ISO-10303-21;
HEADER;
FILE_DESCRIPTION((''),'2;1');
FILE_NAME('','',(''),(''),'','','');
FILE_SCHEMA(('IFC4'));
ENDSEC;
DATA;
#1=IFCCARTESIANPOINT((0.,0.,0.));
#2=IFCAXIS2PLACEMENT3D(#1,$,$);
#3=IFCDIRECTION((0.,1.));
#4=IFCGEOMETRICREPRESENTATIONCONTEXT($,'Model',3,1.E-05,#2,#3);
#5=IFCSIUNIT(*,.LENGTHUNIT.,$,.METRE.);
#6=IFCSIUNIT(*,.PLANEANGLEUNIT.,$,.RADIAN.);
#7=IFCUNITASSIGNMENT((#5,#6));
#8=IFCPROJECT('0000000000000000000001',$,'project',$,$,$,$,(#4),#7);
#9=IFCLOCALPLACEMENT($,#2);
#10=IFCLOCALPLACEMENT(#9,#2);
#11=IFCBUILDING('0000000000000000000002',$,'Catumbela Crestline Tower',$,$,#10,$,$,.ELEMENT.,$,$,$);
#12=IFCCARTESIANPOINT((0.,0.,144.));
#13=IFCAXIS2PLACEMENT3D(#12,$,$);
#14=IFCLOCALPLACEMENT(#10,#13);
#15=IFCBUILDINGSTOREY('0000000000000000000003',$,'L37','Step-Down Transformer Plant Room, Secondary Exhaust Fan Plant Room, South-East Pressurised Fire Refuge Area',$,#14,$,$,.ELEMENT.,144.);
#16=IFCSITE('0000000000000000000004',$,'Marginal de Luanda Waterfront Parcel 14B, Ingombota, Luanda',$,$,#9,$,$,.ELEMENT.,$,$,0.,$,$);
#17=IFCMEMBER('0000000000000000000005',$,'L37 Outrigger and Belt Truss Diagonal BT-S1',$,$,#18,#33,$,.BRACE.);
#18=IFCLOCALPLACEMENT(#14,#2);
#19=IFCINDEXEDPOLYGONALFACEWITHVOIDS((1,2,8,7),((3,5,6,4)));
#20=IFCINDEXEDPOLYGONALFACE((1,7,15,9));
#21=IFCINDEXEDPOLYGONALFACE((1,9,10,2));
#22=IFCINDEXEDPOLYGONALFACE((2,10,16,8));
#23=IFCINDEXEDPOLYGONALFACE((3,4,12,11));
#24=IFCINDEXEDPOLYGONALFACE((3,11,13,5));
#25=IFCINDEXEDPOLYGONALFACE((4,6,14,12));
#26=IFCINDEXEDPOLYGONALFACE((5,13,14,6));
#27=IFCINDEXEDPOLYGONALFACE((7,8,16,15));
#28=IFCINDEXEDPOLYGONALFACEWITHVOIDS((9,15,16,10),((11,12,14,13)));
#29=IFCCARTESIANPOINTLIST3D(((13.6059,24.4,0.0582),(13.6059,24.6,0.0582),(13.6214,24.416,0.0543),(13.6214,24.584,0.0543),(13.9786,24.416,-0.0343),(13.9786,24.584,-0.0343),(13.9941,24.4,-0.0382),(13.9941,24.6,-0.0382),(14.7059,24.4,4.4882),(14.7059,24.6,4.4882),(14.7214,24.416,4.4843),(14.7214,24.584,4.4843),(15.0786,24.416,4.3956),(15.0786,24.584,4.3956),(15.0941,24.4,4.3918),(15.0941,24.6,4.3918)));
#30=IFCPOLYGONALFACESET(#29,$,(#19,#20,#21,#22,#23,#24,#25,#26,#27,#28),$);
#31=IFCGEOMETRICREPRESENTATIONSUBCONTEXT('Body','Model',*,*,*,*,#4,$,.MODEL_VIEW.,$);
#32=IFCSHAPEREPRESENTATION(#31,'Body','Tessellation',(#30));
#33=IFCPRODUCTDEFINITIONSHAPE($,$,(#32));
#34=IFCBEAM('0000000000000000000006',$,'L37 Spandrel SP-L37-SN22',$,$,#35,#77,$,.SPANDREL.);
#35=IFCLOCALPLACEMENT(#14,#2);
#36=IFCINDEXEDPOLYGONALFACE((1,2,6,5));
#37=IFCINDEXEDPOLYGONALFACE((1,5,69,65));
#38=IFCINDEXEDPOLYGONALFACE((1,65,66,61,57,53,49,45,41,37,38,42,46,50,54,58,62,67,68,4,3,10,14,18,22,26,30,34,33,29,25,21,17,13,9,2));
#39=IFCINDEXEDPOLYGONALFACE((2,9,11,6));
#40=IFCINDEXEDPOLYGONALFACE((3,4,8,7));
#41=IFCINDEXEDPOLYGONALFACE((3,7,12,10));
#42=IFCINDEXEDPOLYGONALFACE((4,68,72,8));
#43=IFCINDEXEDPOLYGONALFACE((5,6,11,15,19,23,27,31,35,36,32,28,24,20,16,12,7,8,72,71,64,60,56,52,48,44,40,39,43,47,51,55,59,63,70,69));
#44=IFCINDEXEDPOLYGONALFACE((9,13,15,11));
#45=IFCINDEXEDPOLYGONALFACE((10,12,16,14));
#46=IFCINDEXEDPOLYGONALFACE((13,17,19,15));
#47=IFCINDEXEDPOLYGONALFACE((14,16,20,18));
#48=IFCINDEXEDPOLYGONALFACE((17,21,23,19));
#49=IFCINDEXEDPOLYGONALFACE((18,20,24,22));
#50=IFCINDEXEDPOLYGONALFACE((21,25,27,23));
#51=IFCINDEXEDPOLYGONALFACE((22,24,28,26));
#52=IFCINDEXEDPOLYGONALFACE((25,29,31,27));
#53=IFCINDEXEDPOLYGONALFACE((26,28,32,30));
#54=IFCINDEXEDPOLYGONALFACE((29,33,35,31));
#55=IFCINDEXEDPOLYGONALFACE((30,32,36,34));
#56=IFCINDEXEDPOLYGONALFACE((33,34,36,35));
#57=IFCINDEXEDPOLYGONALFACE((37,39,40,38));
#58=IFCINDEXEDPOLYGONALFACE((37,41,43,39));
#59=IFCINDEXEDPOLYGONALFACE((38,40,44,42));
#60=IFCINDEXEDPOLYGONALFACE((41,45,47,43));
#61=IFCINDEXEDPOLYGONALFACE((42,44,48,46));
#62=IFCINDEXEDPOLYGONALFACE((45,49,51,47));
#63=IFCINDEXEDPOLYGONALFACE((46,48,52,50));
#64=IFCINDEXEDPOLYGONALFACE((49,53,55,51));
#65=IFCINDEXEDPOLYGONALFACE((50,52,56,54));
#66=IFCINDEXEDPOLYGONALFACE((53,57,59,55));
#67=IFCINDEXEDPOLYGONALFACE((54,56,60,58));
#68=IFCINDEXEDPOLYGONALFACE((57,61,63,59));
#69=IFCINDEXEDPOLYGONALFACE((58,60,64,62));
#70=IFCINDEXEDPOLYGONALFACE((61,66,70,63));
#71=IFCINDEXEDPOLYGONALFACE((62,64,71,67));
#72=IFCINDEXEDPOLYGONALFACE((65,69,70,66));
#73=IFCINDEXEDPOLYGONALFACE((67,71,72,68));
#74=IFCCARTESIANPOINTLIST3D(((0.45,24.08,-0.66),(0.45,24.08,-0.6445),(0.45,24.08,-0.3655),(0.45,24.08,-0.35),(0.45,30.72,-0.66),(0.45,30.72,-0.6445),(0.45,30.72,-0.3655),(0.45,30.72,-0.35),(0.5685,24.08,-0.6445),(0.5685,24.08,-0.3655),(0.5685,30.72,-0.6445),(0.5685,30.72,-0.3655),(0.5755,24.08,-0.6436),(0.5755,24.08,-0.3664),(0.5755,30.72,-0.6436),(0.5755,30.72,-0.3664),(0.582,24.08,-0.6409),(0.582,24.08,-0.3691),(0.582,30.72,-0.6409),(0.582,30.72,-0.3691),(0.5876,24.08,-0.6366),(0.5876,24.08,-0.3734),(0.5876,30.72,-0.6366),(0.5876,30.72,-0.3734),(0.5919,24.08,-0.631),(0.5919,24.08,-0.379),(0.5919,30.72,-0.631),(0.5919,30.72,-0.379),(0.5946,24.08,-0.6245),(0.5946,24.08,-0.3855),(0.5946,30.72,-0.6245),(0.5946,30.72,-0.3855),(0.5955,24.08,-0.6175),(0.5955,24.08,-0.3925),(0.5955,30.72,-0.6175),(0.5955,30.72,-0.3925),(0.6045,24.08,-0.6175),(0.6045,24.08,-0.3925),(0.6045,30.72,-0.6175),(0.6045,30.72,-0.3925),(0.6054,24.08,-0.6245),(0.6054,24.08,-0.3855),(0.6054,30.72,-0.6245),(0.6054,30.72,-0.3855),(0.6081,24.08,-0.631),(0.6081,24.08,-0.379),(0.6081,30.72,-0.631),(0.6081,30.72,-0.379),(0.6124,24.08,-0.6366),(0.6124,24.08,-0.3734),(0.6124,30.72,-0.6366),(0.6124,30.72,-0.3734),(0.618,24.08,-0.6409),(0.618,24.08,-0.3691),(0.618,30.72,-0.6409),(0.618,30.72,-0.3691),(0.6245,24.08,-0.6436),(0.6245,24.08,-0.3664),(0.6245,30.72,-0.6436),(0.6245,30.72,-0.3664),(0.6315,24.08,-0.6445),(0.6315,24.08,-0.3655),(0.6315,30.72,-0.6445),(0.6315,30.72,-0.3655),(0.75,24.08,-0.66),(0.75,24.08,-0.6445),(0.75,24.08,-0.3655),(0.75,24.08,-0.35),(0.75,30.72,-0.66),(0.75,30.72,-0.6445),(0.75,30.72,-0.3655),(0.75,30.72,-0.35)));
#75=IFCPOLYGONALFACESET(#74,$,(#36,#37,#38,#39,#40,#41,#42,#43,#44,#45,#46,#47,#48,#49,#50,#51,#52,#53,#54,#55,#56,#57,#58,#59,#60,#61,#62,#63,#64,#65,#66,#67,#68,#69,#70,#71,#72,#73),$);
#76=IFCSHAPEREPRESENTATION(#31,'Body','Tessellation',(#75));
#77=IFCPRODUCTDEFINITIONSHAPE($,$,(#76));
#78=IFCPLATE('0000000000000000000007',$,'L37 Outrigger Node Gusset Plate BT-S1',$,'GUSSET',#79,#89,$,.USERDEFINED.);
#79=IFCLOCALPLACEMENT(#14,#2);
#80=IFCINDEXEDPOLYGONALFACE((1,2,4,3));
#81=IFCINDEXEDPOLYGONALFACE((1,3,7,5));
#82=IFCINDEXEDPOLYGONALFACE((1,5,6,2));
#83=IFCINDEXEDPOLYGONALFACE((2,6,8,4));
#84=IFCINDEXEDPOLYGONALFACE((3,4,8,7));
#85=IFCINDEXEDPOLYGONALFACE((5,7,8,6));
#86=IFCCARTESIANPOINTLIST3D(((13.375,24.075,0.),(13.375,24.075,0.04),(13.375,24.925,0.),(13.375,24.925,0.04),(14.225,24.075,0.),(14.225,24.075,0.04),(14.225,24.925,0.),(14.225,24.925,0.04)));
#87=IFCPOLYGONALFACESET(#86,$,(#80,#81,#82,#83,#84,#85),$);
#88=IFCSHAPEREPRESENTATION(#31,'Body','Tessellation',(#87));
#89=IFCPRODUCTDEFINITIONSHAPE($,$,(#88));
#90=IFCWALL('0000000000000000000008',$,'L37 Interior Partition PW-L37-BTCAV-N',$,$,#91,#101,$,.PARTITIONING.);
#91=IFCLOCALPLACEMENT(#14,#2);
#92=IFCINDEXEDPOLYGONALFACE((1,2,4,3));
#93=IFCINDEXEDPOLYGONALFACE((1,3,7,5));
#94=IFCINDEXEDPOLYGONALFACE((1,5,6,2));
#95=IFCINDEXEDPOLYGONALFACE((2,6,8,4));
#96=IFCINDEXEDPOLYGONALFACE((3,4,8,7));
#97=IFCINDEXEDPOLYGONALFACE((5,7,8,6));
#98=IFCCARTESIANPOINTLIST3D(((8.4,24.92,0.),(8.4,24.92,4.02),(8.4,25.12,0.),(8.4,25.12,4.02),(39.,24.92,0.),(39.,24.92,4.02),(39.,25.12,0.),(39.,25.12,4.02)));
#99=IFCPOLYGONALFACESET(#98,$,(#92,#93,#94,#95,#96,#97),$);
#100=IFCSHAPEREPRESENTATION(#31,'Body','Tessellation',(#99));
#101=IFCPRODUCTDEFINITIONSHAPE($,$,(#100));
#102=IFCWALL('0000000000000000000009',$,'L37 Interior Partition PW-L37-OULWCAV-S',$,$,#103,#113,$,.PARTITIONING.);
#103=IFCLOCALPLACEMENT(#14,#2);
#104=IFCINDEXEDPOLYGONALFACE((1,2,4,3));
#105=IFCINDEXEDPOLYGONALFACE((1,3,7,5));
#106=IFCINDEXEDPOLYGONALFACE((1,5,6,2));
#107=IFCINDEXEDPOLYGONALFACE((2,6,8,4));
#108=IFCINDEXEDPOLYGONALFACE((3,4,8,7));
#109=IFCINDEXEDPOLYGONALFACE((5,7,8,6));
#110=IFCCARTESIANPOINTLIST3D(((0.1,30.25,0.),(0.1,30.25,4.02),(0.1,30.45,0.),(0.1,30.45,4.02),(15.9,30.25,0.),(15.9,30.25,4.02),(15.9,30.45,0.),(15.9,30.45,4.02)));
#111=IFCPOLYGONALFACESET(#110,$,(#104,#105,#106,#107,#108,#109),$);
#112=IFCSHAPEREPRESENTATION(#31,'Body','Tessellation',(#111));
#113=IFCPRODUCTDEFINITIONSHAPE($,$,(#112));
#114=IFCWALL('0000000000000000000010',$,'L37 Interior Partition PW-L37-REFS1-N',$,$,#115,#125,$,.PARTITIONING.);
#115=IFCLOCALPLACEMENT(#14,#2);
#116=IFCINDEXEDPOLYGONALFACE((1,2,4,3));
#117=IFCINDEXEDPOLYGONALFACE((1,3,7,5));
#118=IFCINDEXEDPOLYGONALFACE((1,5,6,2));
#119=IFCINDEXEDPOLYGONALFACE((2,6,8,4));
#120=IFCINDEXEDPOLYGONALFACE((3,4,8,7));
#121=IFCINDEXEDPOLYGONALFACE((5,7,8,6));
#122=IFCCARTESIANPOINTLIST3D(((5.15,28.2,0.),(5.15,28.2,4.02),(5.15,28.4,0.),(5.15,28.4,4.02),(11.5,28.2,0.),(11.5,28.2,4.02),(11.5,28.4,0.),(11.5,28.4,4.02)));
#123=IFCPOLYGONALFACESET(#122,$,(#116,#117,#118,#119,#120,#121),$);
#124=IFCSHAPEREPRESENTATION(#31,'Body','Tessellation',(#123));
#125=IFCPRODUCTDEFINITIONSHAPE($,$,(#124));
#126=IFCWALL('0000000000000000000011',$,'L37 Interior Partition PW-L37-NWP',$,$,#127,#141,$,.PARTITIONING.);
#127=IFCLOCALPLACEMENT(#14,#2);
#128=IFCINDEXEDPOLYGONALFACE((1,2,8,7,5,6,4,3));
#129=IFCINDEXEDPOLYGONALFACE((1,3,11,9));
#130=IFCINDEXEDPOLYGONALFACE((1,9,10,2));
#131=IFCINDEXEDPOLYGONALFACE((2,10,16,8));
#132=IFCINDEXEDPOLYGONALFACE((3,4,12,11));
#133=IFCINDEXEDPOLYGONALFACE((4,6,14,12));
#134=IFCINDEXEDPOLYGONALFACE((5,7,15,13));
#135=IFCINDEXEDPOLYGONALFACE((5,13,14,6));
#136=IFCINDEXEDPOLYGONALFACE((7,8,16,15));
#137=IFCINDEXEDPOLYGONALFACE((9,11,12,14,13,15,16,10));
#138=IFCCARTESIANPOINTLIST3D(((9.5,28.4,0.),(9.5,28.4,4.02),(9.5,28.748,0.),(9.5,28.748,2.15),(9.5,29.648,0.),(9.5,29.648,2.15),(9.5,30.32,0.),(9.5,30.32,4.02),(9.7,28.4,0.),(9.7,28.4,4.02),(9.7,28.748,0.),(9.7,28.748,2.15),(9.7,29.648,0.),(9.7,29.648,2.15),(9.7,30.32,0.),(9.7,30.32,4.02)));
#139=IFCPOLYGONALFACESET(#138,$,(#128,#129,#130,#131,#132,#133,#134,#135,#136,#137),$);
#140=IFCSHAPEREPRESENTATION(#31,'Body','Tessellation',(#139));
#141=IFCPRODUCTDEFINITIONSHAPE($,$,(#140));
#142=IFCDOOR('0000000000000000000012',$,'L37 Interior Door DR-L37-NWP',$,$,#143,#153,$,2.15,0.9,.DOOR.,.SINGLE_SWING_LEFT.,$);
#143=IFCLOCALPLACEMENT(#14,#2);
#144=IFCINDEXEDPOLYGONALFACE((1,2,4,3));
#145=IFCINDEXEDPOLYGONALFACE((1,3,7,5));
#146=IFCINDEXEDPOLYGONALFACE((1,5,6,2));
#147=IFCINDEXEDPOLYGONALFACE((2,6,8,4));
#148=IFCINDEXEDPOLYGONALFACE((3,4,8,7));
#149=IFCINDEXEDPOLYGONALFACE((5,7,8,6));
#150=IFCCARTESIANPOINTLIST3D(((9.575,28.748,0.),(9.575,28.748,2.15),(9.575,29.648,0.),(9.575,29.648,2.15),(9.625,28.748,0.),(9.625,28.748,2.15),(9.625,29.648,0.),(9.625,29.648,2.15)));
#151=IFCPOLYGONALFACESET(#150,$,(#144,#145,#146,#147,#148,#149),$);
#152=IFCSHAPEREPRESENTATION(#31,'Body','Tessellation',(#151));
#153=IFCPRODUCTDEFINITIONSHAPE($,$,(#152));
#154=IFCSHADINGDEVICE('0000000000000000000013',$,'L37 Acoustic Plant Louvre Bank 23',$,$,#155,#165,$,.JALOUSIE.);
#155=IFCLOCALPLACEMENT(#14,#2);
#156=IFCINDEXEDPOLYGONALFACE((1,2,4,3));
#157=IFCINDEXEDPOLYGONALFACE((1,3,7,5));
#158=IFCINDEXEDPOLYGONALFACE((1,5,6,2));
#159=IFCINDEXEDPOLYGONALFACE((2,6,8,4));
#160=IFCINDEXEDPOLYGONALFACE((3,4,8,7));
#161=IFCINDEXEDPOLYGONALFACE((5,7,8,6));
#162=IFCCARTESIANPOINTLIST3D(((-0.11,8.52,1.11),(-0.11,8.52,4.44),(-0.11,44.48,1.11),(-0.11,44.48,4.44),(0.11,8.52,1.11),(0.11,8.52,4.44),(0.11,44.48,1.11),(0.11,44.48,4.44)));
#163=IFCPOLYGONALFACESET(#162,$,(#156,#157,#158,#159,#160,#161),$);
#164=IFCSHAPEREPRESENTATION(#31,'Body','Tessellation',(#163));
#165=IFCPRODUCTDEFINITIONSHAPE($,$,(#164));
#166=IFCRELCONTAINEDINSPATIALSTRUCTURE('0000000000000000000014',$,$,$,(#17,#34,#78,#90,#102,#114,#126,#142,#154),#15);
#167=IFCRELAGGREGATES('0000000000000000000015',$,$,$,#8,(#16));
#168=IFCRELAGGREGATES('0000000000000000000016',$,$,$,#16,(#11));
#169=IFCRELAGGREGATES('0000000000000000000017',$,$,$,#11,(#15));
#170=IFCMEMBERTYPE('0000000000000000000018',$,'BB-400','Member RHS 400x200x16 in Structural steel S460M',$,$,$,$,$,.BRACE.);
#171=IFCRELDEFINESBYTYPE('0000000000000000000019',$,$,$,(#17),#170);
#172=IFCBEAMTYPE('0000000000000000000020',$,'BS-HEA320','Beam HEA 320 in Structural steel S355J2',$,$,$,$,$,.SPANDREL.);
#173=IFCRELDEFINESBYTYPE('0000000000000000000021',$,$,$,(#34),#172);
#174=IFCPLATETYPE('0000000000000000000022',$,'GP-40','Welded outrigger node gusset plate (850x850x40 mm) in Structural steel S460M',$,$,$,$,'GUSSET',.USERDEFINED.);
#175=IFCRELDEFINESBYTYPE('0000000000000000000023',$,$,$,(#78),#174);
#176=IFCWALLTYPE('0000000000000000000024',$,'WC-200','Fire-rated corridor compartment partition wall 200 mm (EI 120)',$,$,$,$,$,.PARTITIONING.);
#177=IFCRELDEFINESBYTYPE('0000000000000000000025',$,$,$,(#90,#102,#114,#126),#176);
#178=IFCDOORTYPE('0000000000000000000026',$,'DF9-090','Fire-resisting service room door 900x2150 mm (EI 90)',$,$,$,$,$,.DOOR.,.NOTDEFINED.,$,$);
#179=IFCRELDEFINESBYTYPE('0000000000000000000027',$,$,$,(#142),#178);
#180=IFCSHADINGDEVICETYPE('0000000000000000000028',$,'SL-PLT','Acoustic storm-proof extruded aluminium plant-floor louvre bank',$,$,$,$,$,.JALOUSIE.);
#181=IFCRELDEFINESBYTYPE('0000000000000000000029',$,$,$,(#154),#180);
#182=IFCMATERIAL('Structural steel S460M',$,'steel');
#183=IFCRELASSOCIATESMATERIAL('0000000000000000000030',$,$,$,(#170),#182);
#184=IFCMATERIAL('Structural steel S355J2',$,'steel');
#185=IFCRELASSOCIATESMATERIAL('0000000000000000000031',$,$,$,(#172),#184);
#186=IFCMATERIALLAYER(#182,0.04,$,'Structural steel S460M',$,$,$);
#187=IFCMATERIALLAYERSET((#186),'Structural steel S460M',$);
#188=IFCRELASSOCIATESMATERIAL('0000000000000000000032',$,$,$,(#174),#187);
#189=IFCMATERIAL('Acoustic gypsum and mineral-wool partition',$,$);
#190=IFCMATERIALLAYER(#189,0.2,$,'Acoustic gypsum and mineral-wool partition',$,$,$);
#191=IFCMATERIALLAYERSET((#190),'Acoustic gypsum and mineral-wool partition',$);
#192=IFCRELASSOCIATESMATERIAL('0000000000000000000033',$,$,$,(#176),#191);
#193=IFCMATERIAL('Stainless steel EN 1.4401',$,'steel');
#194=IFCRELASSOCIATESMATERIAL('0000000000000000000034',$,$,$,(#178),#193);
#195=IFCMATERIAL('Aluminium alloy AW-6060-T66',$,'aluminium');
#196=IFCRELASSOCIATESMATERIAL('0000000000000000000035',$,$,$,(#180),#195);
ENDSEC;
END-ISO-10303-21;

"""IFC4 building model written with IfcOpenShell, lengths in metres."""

from ifc_helpers import new_model, si_unit, direction, frame, frame_2d, origin, origin_2d, place, context, subcontext, project, spatial, rectangle, hollow_rectangle, i_section, extrude, material, layer, layer_set, material_profile, profile_set, type_object, element, fill, save


model = new_model("IFC4")

# Units and contexts
model_context = context("Model", 3, precision=1e-05, world=origin(), true_north=direction((0.0, 1.0)))
body_context = subcontext(model_context, "Body", "Model", "MODEL_VIEW")
ifc_project = project(units=[si_unit("LENGTHUNIT", "METRE"), si_unit("PLANEANGLEUNIT", "RADIAN")], contexts=[model_context])

# Site, building, storey
site_placement = place(None, origin())
site = spatial("IfcSite", under=ifc_project, at=site_placement, Name="Marginal de Luanda Waterfront Parcel 14B, Ingombota, Luanda", CompositionType="ELEMENT", RefElevation=0.0)
building_placement = place(site_placement, origin())
building = spatial("IfcBuilding", under=site, at=building_placement, Name="Catumbela Crestline Tower", CompositionType="ELEMENT")
storey_placement = place(building_placement, frame((0.0, 0.0, 144.0)))
storey = spatial("IfcBuildingStorey", under=building, at=storey_placement, Name="L37", Description="Step-Down Transformer Plant Room, Secondary Exhaust Fan Plant Room, South-East Pressurised Fire Refuge Area", CompositionType="ELEMENT", Elevation=144.0)

# Shared definitions
ifc_material_1 = material(Name="Structural steel S460M", Category="steel")

# Shared definitions
ifc_material_2 = material(Name="Structural steel S355J2", Category="steel")

# Member
ifc_material_profile_1 = material_profile(ifc_material_1, hollow_rectangle(XDim=0.2, YDim=0.4, WallThickness=0.016, at=origin_2d()), Name="RHS 400x200x16")
ifc_profile_set_1 = profile_set([ifc_material_profile_1], Name="Structural steel S460M")
member_type = type_object("IfcMemberType", Name="BB-400", Description="Member RHS 400x200x16 in Structural steel S460M", PredefinedType="BRACE", material=ifc_profile_set_1)
member_placement = place(storey_placement, frame((13.8, 24.5, 0.01), z_axis=(0.240989, 0.0, 0.970528), x_axis=(0.0, 1.0, 0.0)))
element("IfcMember", 1, at=member_placement, inside=storey, type_object=member_type, Name="L37 Outrigger and Belt Truss Diagonal BT-S1", PredefinedType="BRACE", context=body_context, shape_type="SweptSolid", body=[
    extrude(hollow_rectangle(XDim=0.2, YDim=0.4, WallThickness=0.016, at=origin_2d()), origin(), (0.0, 0.0, 1.0), 4.5645),
])

# Beam
ifc_material_profile_2 = material_profile(ifc_material_2, i_section(OverallWidth=0.3, OverallDepth=0.31, WebThickness=0.009, FlangeThickness=0.0155, FilletRadius=0.027, at=origin_2d()), Name="HEA 320")
ifc_profile_set_2 = profile_set([ifc_material_profile_2], Name="Structural steel S355J2")
beam_type_1 = type_object("IfcBeamType", Name="BS-HEA320", Description="Beam HEA 320 in Structural steel S355J2", PredefinedType="SPANDREL", material=ifc_profile_set_2)
beam_1_placement = place(storey_placement, frame((0.6, 24.08, -0.505), z_axis=(0.0, 1.0, 0.0), x_axis=(-1.0, 0.0, 0.0)))
element("IfcBeam", 2, at=beam_1_placement, inside=storey, type_object=beam_type_1, Name="L37 Spandrel SP-L37-SN22", PredefinedType="SPANDREL", context=body_context, shape_type="SweptSolid", body=[
    extrude(i_section(OverallWidth=0.3, OverallDepth=0.31, WebThickness=0.009, FlangeThickness=0.0155, FilletRadius=0.027, at=origin_2d()), origin(), (0.0, 0.0, 1.0), 6.64),
])

# Plate
ifc_layer_1 = layer(ifc_material_1, 0.04, Name="Structural steel S460M")
ifc_layer_set_1 = layer_set([ifc_layer_1], Name="Structural steel S460M")
plate_type = type_object("IfcPlateType", Name="GP-40", Description="Welded outrigger node gusset plate (850x850x40 mm) in Structural steel S460M", ElementType="GUSSET", PredefinedType="USERDEFINED", material=ifc_layer_set_1)
plate_placement = place(storey_placement, frame((13.8, 24.5, 0.0), z_axis=(0.0, 0.0, 1.0), x_axis=(1.0, 0.0, 0.0)))
element("IfcPlate", 3, at=plate_placement, inside=storey, type_object=plate_type, Name="L37 Outrigger Node Gusset Plate BT-S1", ObjectType="GUSSET", PredefinedType="USERDEFINED", context=body_context, shape_type="SweptSolid", body=[
    extrude(rectangle(XDim=0.85, YDim=0.85, at=origin_2d()), origin(), (0.0, 0.0, 1.0), 0.04),
])

# Walls
ifc_material_3 = material(Name="Acoustic gypsum and mineral-wool partition")
ifc_layer_2 = layer(ifc_material_3, 0.2, Name="Acoustic gypsum and mineral-wool partition")
ifc_layer_set_2 = layer_set([ifc_layer_2], Name="Acoustic gypsum and mineral-wool partition")
wall_type = type_object("IfcWallType", Name="WC-200", Description="Fire-rated corridor compartment partition wall 200 mm (EI 120)", PredefinedType="PARTITIONING", material=ifc_layer_set_2)
wall_1_placement = place(storey_placement, frame((8.4, 25.02, 0.0), z_axis=(0.0, 0.0, 1.0), x_axis=(1.0, 0.0, 0.0)))
element("IfcWall", 4, at=wall_1_placement, inside=storey, type_object=wall_type, Name="L37 Interior Partition PW-L37-BTCAV-N", PredefinedType="PARTITIONING", context=body_context, shape_type="SweptSolid", body=[
    extrude(rectangle(XDim=30.6, YDim=0.2, at=frame_2d((15.3, 0.0))), origin(), (0.0, 0.0, 1.0), 4.02),
])
wall_2_placement = place(storey_placement, frame((0.1, 30.35, 0.0), z_axis=(0.0, 0.0, 1.0), x_axis=(1.0, 0.0, 0.0)))
element("IfcWall", 5, at=wall_2_placement, inside=storey, type_object=wall_type, Name="L37 Interior Partition PW-L37-OULWCAV-S", PredefinedType="PARTITIONING", context=body_context, shape_type="SweptSolid", body=[
    extrude(rectangle(XDim=15.8, YDim=0.2, at=frame_2d((7.9, 0.0))), origin(), (0.0, 0.0, 1.0), 4.02),
])
wall_3_placement = place(storey_placement, frame((5.15, 28.3, 0.0), z_axis=(0.0, 0.0, 1.0), x_axis=(1.0, 0.0, 0.0)))
element("IfcWall", 6, at=wall_3_placement, inside=storey, type_object=wall_type, Name="L37 Interior Partition PW-L37-REFS1-N", PredefinedType="PARTITIONING", context=body_context, shape_type="SweptSolid", body=[
    extrude(rectangle(XDim=6.35, YDim=0.2, at=frame_2d((3.175, 0.0))), origin(), (0.0, 0.0, 1.0), 4.02),
])

# Wall, opening, door
wall_4_placement = place(storey_placement, frame((9.6, 28.4, 0.0), z_axis=(0.0, 0.0, 1.0), x_axis=(0.0, 1.0, 0.0)))
wall_4 = element("IfcWall", 7, at=wall_4_placement, inside=storey, type_object=wall_type, Name="L37 Interior Partition PW-L37-NWP", PredefinedType="PARTITIONING", context=body_context, shape_type="SweptSolid", body=[
    extrude(rectangle(XDim=1.92, YDim=0.2, at=frame_2d((0.96, 0.0))), origin(), (0.0, 0.0, 1.0), 4.02),
])
opening_placement = place(wall_4_placement, frame((0.348, 0.0, 0.0)))
opening = element("IfcOpeningElement", 8, at=opening_placement, cuts=wall_4, PredefinedType="OPENING", context=body_context, shape_type="SweptSolid", body=[
    extrude(rectangle(XDim=0.9, YDim=2.15, at=frame_2d((0.45, 1.075))), frame((0.0, 0.11, 0.0), z_axis=(0.0, -1.0, 0.0), x_axis=(1.0, 0.0, 0.0)), (0.0, 0.0, 1.0), 0.22),
])
ifc_material_4 = material(Name="Stainless steel EN 1.4401", Category="steel")
door_type = type_object("IfcDoorType", Name="DF9-090", Description="Fire-resisting service room door 900x2150 mm (EI 90)", OperationType="NOTDEFINED", PredefinedType="DOOR", material=ifc_material_4)
door_placement = place(opening_placement, origin())
door = element("IfcDoor", 9, at=door_placement, inside=storey, type_object=door_type, Name="L37 Interior Door DR-L37-NWP", OperationType="SINGLE_SWING_LEFT", OverallHeight=2.15, OverallWidth=0.9, PredefinedType="DOOR", context=body_context, shape_type="SweptSolid", body=[
    extrude(rectangle(XDim=0.9, YDim=2.15, at=frame_2d((0.45, 1.075))), frame((0.0, 0.025, 0.0), z_axis=(0.0, -1.0, 0.0), x_axis=(1.0, 0.0, 0.0)), (0.0, 0.0, 1.0), 0.05),
])
fill(opening, door)

# Shading device
ifc_material_5 = material(Name="Aluminium alloy AW-6060-T66", Category="aluminium")
shading_device_type = type_object("IfcShadingDeviceType", Name="SL-PLT", Description="Acoustic storm-proof extruded aluminium plant-floor louvre bank", PredefinedType="JALOUSIE", material=ifc_material_5)
shading_device_placement = place(storey_placement, frame((0.0, 26.5, 1.11), z_axis=(0.0, 0.0, 1.0), x_axis=(0.0, -1.0, 0.0)))
element("IfcShadingDevice", 10, at=shading_device_placement, inside=storey, type_object=shading_device_type, Name="L37 Acoustic Plant Louvre Bank 23", PredefinedType="JALOUSIE", context=body_context, shape_type="SweptSolid", body=[
    extrude(rectangle(XDim=35.96, YDim=0.22, at=origin_2d()), origin(), (0.0, 0.0, 1.0), 3.33),
])

save(model, "model.ifc")
